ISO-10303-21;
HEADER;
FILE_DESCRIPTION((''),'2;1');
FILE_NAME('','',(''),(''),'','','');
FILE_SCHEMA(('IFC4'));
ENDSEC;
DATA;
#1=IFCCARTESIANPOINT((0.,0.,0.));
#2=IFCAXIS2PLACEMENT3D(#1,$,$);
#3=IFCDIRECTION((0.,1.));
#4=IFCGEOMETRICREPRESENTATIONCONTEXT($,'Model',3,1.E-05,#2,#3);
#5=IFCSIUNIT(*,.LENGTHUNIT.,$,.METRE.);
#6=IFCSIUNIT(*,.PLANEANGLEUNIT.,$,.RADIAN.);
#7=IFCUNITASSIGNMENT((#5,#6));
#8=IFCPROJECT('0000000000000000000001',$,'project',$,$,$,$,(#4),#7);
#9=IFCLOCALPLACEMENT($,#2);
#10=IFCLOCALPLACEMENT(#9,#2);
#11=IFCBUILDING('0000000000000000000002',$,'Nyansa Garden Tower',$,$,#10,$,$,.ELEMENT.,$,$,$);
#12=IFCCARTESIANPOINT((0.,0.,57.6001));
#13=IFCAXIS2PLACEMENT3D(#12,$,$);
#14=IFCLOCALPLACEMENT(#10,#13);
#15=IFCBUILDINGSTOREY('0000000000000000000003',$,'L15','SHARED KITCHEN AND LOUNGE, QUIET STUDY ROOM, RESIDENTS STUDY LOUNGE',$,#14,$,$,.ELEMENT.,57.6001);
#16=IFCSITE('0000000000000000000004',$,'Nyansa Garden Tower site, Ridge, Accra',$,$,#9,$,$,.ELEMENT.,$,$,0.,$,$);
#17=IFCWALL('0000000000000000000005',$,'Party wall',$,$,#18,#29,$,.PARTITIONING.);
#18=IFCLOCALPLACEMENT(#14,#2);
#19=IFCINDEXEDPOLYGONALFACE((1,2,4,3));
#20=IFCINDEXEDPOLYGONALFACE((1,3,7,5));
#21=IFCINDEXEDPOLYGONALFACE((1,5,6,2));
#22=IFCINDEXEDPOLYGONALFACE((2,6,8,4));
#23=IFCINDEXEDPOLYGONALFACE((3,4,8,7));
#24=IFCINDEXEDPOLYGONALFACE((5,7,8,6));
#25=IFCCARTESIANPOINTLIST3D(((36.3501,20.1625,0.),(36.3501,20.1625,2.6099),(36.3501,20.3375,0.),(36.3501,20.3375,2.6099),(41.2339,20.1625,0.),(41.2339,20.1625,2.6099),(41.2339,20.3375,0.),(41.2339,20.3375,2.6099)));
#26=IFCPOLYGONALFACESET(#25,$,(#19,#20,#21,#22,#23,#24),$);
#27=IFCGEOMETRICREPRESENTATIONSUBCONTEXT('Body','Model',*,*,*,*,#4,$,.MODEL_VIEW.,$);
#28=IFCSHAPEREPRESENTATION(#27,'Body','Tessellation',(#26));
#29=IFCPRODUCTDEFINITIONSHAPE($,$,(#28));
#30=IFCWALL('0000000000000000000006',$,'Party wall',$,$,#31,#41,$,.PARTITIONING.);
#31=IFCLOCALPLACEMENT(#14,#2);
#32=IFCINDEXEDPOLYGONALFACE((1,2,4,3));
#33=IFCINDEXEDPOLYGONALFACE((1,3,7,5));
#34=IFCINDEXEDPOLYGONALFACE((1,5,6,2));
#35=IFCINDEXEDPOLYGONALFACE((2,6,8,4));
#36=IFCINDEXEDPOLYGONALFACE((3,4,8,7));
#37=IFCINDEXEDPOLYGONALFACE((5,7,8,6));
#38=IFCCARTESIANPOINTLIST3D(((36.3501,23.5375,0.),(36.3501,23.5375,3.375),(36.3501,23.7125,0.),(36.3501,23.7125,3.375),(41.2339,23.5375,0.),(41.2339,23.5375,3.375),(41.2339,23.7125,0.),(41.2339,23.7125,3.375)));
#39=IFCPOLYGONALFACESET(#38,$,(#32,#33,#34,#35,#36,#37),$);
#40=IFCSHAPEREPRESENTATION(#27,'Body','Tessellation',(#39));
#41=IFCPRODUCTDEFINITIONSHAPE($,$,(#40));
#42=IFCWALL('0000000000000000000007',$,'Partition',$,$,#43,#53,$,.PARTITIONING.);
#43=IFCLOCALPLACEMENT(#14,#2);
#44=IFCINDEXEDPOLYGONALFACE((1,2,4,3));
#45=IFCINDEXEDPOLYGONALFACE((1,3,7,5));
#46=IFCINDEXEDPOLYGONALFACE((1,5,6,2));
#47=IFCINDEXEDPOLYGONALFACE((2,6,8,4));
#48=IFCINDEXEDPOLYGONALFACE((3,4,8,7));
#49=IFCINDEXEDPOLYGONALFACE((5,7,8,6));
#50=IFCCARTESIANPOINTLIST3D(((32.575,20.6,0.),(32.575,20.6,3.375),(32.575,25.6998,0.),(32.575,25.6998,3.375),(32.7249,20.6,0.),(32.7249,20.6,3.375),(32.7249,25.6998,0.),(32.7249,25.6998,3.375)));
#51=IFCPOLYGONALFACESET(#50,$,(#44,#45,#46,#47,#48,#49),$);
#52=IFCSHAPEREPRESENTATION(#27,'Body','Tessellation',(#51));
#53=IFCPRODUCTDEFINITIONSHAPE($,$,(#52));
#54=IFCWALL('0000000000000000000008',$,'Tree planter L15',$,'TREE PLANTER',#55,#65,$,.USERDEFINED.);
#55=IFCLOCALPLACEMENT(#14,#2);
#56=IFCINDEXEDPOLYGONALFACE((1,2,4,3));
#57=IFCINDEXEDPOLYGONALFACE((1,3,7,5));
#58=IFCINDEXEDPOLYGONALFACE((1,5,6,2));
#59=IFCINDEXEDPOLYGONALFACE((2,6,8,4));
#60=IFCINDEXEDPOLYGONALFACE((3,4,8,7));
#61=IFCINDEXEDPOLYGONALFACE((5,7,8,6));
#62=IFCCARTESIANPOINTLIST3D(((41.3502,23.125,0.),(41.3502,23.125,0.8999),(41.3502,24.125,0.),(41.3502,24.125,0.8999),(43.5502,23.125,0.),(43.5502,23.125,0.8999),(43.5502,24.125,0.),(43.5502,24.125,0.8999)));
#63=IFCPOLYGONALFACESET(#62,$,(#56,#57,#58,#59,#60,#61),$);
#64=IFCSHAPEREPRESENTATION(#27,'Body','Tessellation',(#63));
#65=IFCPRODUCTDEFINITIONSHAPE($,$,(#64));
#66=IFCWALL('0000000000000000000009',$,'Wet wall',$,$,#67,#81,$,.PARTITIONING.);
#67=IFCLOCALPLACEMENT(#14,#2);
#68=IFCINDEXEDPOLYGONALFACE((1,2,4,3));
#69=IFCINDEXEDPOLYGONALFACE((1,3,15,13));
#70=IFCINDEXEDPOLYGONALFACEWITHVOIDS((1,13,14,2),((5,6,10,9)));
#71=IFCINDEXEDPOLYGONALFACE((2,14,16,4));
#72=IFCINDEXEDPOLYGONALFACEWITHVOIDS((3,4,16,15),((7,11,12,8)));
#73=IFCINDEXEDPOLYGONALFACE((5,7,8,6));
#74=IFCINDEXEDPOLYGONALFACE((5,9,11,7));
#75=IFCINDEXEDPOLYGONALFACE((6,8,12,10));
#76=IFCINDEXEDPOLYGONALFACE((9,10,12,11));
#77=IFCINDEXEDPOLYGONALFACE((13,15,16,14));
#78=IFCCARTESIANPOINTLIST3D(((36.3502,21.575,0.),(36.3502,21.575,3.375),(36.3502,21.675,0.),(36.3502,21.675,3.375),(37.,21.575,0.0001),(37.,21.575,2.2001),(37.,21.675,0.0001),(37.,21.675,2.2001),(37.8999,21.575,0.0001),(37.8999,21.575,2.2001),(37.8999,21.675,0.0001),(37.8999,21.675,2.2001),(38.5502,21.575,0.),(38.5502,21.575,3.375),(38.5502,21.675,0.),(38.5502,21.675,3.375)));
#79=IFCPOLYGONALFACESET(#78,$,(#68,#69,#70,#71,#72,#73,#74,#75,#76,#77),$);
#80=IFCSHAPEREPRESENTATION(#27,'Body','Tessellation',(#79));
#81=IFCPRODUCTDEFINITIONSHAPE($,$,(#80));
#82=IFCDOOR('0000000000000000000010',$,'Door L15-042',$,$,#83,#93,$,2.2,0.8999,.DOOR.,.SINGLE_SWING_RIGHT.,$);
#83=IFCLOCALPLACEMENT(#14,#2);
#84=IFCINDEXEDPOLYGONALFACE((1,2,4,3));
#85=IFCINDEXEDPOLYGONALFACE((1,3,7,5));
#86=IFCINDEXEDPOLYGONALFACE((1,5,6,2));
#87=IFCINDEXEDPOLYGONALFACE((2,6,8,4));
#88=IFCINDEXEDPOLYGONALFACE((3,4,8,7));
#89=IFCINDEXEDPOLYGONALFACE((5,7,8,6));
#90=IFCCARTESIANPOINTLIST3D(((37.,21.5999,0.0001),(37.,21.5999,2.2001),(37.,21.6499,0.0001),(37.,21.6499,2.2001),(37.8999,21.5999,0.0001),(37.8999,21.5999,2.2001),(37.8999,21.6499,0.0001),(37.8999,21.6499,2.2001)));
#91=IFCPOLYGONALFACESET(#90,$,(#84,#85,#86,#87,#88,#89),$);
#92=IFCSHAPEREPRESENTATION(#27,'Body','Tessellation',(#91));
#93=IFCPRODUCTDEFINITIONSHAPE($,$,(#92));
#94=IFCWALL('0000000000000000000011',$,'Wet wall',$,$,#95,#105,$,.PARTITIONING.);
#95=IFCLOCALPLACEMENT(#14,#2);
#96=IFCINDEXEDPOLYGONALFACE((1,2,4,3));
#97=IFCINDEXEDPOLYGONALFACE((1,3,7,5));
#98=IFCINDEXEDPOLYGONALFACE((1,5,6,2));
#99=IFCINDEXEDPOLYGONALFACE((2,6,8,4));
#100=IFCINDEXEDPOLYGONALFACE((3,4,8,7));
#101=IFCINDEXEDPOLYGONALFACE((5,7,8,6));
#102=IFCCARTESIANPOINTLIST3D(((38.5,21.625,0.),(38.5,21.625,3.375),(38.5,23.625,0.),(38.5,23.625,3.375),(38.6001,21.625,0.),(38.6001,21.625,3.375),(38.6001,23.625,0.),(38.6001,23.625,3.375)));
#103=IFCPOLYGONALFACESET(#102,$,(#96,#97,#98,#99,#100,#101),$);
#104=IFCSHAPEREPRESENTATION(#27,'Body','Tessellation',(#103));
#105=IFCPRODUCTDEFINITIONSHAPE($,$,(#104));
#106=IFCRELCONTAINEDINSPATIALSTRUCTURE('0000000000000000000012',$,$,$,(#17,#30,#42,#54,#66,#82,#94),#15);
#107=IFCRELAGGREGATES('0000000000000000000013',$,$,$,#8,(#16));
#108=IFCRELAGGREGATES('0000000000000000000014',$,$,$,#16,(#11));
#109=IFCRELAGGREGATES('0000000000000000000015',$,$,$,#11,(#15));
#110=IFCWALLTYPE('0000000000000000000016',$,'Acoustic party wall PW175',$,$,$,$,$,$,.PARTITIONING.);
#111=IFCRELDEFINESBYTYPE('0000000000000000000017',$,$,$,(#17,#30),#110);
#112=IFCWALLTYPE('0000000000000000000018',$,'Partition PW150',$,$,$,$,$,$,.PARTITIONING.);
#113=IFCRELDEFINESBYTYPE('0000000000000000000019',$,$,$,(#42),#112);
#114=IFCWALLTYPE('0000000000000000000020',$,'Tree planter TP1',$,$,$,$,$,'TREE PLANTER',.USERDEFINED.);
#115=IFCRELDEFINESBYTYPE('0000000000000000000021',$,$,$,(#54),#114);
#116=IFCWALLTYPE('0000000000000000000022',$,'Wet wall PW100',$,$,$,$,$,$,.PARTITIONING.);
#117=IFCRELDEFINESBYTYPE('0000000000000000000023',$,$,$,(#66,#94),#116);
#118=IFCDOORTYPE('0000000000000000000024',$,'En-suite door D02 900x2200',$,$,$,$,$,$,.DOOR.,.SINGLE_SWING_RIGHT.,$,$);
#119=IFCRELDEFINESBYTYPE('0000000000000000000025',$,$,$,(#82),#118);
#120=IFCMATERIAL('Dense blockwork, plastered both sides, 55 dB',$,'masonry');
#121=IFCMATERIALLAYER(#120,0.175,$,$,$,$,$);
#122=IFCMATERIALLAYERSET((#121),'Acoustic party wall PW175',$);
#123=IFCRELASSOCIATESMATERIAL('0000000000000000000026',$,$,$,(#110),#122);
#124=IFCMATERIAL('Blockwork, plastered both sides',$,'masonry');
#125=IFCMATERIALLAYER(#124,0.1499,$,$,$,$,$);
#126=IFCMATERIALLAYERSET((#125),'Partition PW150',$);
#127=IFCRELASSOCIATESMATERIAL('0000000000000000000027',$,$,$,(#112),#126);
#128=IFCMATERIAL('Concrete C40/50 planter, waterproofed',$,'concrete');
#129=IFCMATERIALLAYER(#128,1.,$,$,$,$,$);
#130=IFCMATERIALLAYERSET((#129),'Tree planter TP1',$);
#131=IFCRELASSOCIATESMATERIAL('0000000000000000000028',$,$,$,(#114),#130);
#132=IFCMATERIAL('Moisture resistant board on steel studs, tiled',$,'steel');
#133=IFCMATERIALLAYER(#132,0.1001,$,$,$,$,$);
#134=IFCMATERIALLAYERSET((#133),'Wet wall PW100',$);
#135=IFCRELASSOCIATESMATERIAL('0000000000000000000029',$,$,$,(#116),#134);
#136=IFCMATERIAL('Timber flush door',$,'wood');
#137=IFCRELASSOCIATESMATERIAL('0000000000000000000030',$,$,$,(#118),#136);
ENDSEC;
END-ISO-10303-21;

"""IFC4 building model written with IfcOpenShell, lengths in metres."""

from ifc_helpers import new_model, si_unit, direction, frame, frame_2d, origin, place, context, subcontext, project, spatial, rectangle, extrude, material, layer, layer_set, type_object, element, fill, save


model = new_model("IFC4")

# Units and contexts
model_context = context("Model", 3, precision=1e-05, world=origin(), true_north=direction((0.0, 1.0)))
body_context = subcontext(model_context, "Body", "Model", "MODEL_VIEW")
ifc_project = project(units=[si_unit("LENGTHUNIT", "METRE"), si_unit("PLANEANGLEUNIT", "RADIAN")], contexts=[model_context])

# Site, building, storey
site_placement = place(None, origin())
site = spatial("IfcSite", under=ifc_project, at=site_placement, Name="Nyansa Garden Tower site, Ridge, Accra", CompositionType="ELEMENT", RefElevation=0.0)
building_placement = place(site_placement, origin())
building = spatial("IfcBuilding", under=site, at=building_placement, Name="Nyansa Garden Tower", CompositionType="ELEMENT")
storey_placement = place(building_placement, frame((0.0, 0.0, 57.6001)))
storey = spatial("IfcBuildingStorey", under=building, at=storey_placement, Name="L15", Description="SHARED KITCHEN AND LOUNGE, QUIET STUDY ROOM, RESIDENTS STUDY LOUNGE", CompositionType="ELEMENT", Elevation=57.6001)

# Walls
ifc_material_1 = material(Name="Dense blockwork, plastered both sides, 55 dB", Category="masonry")
ifc_layer_1 = layer(ifc_material_1, 0.175)
ifc_layer_set_1 = layer_set([ifc_layer_1], Name="Acoustic party wall PW175")
wall_type_1 = type_object("IfcWallType", Name="Acoustic party wall PW175", PredefinedType="PARTITIONING", material=ifc_layer_set_1)
wall_1_placement = place(storey_placement, frame((36.3501, 20.25, 0.0), z_axis=(0.0, 0.0, 1.0), x_axis=(1.0, 0.0, 0.0)))
element("IfcWall", 1, at=wall_1_placement, inside=storey, type_object=wall_type_1, Name="Party wall", PredefinedType="PARTITIONING", context=body_context, shape_type="SweptSolid", body=[
    extrude(rectangle(XDim=4.8838, YDim=0.175, at=frame_2d((2.4419, 0.0))), origin(), (0.0, 0.0, 1.0), 2.6099),
])
wall_2_placement = place(storey_placement, frame((36.3501, 23.625, 0.0), z_axis=(0.0, 0.0, 1.0), x_axis=(1.0, 0.0, 0.0)))
element("IfcWall", 2, at=wall_2_placement, inside=storey, type_object=wall_type_1, Name="Party wall", PredefinedType="PARTITIONING", context=body_context, shape_type="SweptSolid", body=[
    extrude(rectangle(XDim=4.8838, YDim=0.175, at=frame_2d((2.4419, 0.0))), origin(), (0.0, 0.0, 1.0), 3.375),
])
ifc_material_2 = material(Name="Blockwork, plastered both sides", Category="masonry")
ifc_layer_2 = layer(ifc_material_2, 0.1499)
ifc_layer_set_2 = layer_set([ifc_layer_2], Name="Partition PW150")
wall_type_2 = type_object("IfcWallType", Name="Partition PW150", PredefinedType="PARTITIONING", material=ifc_layer_set_2)
wall_3_placement = place(storey_placement, frame((32.6499, 20.6001, 0.0), z_axis=(0.0, 0.0, 1.0), x_axis=(0.0, 1.0, 0.0)))
element("IfcWall", 3, at=wall_3_placement, inside=storey, type_object=wall_type_2, Name="Partition", PredefinedType="PARTITIONING", context=body_context, shape_type="SweptSolid", body=[
    extrude(rectangle(XDim=5.0999, YDim=0.1499, at=frame_2d((2.5498, 0.0))), origin(), (0.0, 0.0, 1.0), 3.375),
])
ifc_material_3 = material(Name="Concrete C40/50 planter, waterproofed", Category="concrete")
ifc_layer_3 = layer(ifc_material_3, 1.0)
ifc_layer_set_3 = layer_set([ifc_layer_3], Name="Tree planter TP1")
wall_type_3 = type_object("IfcWallType", Name="Tree planter TP1", ElementType="TREE PLANTER", PredefinedType="USERDEFINED", material=ifc_layer_set_3)
wall_4_placement = place(storey_placement, frame((41.3501, 23.625, 0.0), z_axis=(0.0, 0.0, 1.0), x_axis=(1.0, 0.0, 0.0)))
element("IfcWall", 4, at=wall_4_placement, inside=storey, type_object=wall_type_3, Name="Tree planter L15", ObjectType="TREE PLANTER", PredefinedType="USERDEFINED", context=body_context, shape_type="SweptSolid", body=[
    extrude(rectangle(XDim=2.2, YDim=1.0, at=frame_2d((1.1001, 0.0))), origin(), (0.0, 0.0, 1.0), 0.8999),
])

# Wall, opening, door
ifc_material_4 = material(Name="Moisture resistant board on steel studs, tiled", Category="steel")
ifc_layer_4 = layer(ifc_material_4, 0.1001)
ifc_layer_set_4 = layer_set([ifc_layer_4], Name="Wet wall PW100")
wall_type_4 = type_object("IfcWallType", Name="Wet wall PW100", PredefinedType="PARTITIONING", material=ifc_layer_set_4)
wall_5_placement = place(storey_placement, frame((36.3501, 21.625, 0.0), z_axis=(0.0, 0.0, 1.0), x_axis=(1.0, 0.0, 0.0)))
wall_5 = element("IfcWall", 5, at=wall_5_placement, inside=storey, type_object=wall_type_4, Name="Wet wall", PredefinedType="PARTITIONING", context=body_context, shape_type="SweptSolid", body=[
    extrude(rectangle(XDim=2.2, YDim=0.1001, at=frame_2d((1.1001, 0.0))), origin(), (0.0, 0.0, 1.0), 3.375),
])
opening_placement = place(wall_5_placement, frame((0.6499, 0.0, 0.0)))
opening = element("IfcOpeningElement", 6, at=opening_placement, cuts=wall_5, PredefinedType="OPENING", context=body_context, shape_type="SweptSolid", body=[
    extrude(rectangle(XDim=0.8999, YDim=2.2, at=frame_2d((0.45, 1.1001))), frame((0.0, 0.0601, 0.0), z_axis=(0.0, -1.0, 0.0), x_axis=(1.0, 0.0, 0.0)), (0.0, 0.0, 1.0), 0.1201),
])
ifc_material_5 = material(Name="Timber flush door", Category="wood")
door_type = type_object("IfcDoorType", Name="En-suite door D02 900x2200", OperationType="SINGLE_SWING_RIGHT", PredefinedType="DOOR", material=ifc_material_5)
door_placement = place(opening_placement, origin())
door = element("IfcDoor", 7, at=door_placement, inside=storey, type_object=door_type, Name="Door L15-042", OperationType="SINGLE_SWING_RIGHT", OverallHeight=2.2, OverallWidth=0.8999, PredefinedType="DOOR", context=body_context, shape_type="SweptSolid", body=[
    extrude(rectangle(XDim=0.8999, YDim=2.2, at=frame_2d((0.45, 1.1001))), frame((0.0, 0.0249, 0.0), z_axis=(0.0, -1.0, 0.0), x_axis=(1.0, 0.0, 0.0)), (0.0, 0.0, 1.0), 0.05),
])
fill(opening, door)

# Wall
wall_6_placement = place(storey_placement, frame((38.55, 21.625, 0.0), z_axis=(0.0, 0.0, 1.0), x_axis=(0.0, 1.0, 0.0)))
element("IfcWall", 8, at=wall_6_placement, inside=storey, type_object=wall_type_4, Name="Wet wall", PredefinedType="PARTITIONING", context=body_context, shape_type="SweptSolid", body=[
    extrude(rectangle(XDim=2.0, YDim=0.1001, at=frame_2d((1.0, 0.0))), origin(), (0.0, 0.0, 1.0), 3.375),
])

save(model, "model.ifc")
